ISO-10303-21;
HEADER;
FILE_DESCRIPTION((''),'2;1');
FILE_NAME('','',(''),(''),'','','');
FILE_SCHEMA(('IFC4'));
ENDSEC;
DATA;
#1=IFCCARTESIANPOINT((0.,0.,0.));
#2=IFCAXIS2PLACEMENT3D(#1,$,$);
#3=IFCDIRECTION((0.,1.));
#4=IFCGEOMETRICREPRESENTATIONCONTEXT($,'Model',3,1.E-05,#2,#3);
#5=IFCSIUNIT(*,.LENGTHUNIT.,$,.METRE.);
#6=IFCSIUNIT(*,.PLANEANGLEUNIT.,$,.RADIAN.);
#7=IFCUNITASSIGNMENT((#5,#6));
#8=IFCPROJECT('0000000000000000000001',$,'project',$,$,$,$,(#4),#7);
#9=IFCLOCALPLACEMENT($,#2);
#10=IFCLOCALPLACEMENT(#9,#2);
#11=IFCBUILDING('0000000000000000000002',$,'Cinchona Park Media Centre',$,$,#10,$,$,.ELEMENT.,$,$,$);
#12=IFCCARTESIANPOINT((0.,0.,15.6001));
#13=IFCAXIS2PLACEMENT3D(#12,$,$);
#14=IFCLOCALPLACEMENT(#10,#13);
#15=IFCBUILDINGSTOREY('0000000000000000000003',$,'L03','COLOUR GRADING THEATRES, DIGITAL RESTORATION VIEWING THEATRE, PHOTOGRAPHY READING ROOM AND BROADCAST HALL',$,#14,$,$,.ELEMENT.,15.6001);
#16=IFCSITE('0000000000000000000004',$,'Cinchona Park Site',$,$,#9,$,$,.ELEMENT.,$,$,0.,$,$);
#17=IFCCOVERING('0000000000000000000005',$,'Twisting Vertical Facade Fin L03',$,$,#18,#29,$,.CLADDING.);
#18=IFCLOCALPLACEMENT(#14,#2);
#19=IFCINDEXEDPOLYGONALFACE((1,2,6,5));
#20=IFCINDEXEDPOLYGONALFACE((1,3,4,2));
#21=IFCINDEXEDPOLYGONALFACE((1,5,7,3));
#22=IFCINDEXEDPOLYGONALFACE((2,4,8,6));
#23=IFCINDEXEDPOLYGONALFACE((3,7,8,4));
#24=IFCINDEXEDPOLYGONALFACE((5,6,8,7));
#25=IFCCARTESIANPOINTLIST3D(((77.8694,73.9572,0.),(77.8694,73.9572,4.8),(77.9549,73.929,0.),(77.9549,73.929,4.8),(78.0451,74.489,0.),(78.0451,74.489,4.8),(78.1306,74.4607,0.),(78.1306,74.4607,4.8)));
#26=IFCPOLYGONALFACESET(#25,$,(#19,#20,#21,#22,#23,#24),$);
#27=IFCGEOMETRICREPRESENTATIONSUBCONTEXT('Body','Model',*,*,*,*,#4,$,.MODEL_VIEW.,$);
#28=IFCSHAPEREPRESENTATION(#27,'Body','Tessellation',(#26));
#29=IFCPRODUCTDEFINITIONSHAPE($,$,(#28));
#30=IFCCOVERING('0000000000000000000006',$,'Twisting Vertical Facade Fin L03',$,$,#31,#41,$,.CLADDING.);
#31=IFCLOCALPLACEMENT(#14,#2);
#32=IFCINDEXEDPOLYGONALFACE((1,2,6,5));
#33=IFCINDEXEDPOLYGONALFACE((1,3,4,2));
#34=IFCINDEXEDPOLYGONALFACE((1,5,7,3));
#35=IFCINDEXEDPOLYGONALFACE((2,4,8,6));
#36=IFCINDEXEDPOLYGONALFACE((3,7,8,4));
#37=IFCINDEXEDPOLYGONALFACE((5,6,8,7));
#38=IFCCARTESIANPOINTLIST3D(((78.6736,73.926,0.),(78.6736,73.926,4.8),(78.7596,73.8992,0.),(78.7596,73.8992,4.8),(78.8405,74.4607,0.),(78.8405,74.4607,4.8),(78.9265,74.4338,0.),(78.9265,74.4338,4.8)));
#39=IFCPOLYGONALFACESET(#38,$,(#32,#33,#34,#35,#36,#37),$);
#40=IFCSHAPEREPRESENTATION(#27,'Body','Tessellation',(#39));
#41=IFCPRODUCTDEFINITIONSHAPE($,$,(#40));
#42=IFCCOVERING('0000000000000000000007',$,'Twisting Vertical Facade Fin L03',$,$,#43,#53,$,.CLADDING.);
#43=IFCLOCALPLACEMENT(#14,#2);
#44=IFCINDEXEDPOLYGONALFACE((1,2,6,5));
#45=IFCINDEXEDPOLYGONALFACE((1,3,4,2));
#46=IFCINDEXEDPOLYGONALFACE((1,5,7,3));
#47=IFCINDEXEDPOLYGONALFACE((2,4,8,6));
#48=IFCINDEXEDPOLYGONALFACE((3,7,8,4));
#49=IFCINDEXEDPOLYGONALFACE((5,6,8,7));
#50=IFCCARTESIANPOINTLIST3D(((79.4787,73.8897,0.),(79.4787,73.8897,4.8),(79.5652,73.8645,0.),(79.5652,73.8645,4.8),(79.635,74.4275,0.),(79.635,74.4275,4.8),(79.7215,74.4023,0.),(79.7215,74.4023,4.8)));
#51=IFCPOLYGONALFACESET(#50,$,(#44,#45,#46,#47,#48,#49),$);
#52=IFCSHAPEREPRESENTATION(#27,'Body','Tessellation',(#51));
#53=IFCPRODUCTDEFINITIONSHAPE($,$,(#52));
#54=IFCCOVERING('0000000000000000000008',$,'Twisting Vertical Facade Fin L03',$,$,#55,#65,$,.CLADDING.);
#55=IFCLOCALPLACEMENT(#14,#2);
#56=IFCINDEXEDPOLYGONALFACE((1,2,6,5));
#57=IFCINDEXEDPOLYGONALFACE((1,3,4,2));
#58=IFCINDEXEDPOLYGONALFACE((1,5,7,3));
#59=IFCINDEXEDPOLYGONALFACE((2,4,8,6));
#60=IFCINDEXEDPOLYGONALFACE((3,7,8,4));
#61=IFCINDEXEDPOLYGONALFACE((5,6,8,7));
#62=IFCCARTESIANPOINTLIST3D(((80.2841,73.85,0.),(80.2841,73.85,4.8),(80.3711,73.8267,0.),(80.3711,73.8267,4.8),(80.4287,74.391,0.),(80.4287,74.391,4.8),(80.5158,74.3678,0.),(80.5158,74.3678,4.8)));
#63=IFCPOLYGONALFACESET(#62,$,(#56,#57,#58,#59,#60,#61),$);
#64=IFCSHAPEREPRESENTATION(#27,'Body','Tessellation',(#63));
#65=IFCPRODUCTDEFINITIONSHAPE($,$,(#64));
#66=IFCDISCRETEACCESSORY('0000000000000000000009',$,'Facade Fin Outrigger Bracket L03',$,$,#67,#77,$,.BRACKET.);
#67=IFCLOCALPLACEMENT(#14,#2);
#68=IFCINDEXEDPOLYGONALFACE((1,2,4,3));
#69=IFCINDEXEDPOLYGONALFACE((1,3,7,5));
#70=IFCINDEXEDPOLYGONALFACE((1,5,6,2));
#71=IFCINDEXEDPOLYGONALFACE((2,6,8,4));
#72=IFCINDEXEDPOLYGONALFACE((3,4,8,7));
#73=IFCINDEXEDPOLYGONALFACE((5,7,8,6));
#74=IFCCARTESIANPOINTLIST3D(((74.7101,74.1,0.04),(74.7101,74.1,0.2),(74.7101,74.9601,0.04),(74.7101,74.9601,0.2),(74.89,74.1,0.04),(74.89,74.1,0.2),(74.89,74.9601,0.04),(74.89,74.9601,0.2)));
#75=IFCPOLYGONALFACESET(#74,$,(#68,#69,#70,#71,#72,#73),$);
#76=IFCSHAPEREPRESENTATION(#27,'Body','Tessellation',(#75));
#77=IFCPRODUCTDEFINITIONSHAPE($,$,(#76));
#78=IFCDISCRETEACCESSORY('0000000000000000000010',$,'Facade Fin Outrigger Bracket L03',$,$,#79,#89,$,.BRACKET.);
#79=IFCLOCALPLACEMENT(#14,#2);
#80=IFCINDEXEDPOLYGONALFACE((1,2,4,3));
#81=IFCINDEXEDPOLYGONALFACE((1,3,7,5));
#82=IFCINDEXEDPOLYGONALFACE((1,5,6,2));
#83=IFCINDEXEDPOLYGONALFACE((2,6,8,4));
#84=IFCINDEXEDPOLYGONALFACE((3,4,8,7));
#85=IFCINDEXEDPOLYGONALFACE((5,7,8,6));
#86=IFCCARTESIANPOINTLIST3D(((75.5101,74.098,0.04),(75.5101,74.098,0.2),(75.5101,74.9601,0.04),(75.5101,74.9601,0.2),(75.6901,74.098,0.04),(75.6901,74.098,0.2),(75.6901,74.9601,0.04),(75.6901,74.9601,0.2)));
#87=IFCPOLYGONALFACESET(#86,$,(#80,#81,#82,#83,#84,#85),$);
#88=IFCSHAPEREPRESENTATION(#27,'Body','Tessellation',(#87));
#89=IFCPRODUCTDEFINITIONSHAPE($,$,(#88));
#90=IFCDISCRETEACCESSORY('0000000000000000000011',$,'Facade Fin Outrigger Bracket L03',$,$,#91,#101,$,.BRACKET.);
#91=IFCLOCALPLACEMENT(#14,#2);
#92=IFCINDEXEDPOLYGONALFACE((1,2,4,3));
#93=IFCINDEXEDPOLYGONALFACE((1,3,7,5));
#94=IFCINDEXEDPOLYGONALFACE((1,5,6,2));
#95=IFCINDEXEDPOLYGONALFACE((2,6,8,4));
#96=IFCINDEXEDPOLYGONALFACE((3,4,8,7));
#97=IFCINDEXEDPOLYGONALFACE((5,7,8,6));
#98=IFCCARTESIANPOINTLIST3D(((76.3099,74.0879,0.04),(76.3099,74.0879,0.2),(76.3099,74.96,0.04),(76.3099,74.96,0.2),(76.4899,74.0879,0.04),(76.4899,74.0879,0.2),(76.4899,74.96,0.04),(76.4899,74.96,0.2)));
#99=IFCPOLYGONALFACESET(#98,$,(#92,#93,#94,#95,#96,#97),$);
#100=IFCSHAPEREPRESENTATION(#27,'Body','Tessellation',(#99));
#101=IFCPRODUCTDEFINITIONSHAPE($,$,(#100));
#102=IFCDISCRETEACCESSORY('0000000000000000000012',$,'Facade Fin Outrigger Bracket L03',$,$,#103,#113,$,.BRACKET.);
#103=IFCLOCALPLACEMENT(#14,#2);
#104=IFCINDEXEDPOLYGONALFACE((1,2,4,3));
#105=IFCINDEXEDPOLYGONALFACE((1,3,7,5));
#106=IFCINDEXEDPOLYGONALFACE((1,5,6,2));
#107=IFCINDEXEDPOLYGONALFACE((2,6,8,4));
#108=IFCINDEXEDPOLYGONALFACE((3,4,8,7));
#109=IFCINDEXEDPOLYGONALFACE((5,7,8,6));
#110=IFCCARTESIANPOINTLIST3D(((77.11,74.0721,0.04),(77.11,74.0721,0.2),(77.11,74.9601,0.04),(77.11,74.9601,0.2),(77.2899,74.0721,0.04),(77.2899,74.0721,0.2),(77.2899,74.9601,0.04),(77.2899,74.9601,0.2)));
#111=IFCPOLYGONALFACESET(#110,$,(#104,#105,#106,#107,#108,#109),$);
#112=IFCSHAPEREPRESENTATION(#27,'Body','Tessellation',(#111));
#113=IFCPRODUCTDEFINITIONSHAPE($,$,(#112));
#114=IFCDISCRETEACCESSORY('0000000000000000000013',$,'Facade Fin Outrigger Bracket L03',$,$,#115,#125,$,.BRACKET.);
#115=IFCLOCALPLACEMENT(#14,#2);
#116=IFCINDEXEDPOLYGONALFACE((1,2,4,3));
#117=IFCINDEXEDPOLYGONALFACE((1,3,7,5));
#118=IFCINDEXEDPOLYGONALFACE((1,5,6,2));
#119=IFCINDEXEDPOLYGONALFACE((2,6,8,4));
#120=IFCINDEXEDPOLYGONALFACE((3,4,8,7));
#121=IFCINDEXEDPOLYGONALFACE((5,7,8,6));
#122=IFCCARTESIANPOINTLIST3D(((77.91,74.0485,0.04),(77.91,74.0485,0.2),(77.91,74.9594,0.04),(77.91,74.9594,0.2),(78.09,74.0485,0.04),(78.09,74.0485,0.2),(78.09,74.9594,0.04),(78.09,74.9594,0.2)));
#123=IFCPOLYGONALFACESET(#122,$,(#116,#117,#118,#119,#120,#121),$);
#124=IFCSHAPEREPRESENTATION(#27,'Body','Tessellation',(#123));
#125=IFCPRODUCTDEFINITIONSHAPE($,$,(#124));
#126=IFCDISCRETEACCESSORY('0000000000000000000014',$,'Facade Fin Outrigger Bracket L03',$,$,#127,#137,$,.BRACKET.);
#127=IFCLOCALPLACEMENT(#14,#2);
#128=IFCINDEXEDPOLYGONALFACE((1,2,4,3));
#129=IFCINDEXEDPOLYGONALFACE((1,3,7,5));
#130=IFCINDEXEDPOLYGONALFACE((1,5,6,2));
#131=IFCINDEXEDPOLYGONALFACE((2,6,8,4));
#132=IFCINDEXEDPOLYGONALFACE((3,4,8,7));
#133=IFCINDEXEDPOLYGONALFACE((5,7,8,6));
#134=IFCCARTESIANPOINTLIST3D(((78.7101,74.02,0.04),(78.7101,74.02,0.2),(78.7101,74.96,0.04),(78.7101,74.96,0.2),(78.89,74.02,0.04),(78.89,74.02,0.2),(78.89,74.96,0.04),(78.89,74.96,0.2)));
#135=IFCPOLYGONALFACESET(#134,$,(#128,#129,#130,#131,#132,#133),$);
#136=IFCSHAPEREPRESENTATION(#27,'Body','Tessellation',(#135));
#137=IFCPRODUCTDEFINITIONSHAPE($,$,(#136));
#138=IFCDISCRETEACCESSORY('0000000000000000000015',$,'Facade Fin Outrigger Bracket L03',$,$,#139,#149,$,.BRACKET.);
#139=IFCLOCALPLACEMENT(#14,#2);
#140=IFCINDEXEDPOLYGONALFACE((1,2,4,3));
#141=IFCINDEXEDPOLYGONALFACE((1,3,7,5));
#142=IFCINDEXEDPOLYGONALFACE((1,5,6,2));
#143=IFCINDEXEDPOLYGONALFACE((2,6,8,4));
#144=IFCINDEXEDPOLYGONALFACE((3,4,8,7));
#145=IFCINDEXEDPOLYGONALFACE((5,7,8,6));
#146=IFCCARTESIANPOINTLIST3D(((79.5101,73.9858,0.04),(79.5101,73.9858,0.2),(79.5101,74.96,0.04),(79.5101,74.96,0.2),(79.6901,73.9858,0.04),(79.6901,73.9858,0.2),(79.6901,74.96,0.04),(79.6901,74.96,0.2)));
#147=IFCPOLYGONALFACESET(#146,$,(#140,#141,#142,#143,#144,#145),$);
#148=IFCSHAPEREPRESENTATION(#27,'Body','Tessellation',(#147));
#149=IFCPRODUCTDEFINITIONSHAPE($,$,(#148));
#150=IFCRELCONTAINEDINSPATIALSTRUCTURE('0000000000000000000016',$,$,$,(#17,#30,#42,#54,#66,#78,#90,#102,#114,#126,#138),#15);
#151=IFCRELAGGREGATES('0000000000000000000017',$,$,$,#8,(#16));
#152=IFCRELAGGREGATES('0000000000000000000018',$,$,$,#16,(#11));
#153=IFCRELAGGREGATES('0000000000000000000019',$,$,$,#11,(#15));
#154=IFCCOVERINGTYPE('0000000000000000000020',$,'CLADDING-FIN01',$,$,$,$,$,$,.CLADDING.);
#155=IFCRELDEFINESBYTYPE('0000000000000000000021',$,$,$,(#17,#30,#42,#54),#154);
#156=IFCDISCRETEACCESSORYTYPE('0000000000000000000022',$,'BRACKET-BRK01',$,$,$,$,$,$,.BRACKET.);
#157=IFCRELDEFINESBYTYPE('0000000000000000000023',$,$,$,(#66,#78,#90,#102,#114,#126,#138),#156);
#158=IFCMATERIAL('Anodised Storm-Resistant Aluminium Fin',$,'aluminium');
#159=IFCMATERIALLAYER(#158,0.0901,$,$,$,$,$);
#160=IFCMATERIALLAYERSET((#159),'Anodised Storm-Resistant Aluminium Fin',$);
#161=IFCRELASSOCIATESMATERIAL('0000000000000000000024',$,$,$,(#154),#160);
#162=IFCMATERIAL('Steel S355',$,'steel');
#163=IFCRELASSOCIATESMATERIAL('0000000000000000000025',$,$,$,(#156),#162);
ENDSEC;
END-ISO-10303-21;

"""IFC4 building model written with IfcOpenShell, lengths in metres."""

from ifc_helpers import new_model, si_unit, direction, frame, origin, origin_2d, place, context, subcontext, project, spatial, rectangle, extrude, material, layer, layer_set, type_object, element, save


model = new_model("IFC4")

# Units and contexts
model_context = context("Model", 3, precision=1e-05, world=origin(), true_north=direction((0.0, 1.0)))
body_context = subcontext(model_context, "Body", "Model", "MODEL_VIEW")
ifc_project = project(units=[si_unit("LENGTHUNIT", "METRE"), si_unit("PLANEANGLEUNIT", "RADIAN")], contexts=[model_context])

# Site, building, storey
site_placement = place(None, origin())
site = spatial("IfcSite", under=ifc_project, at=site_placement, Name="Cinchona Park Site", CompositionType="ELEMENT", RefElevation=0.0)
building_placement = place(site_placement, origin())
building = spatial("IfcBuilding", under=site, at=building_placement, Name="Cinchona Park Media Centre", CompositionType="ELEMENT")
storey_placement = place(building_placement, frame((0.0, 0.0, 15.6001)))
storey = spatial("IfcBuildingStorey", under=building, at=storey_placement, Name="L03", Description="COLOUR GRADING THEATRES, DIGITAL RESTORATION VIEWING THEATRE, PHOTOGRAPHY READING ROOM AND BROADCAST HALL", CompositionType="ELEMENT", Elevation=15.6001)

# Coverings
ifc_material_1 = material(Name="Anodised Storm-Resistant Aluminium Fin", Category="aluminium")
ifc_layer_1 = layer(ifc_material_1, 0.0901)
ifc_layer_set_1 = layer_set([ifc_layer_1], Name="Anodised Storm-Resistant Aluminium Fin")
covering_type = type_object("IfcCoveringType", Name="CLADDING-FIN01", PredefinedType="CLADDING", material=ifc_layer_set_1)
for number, where, z_axis, x_axis, name in (
    (1, (78.0, 74.209, 0.0), (0.0, 0.0, 1.0), (0.313827, 0.94948, 0.0), "Twisting Vertical Facade Fin L03"),
    (2, (78.8, 74.1799, 0.0), (0.0, 0.0, 1.0), (0.297875, 0.954605, 0.0), "Twisting Vertical Facade Fin L03"),
    (3, (79.6001, 74.146, 0.0), (0.0, 0.0, 1.0), (0.279159, 0.960245, 0.0), "Twisting Vertical Facade Fin L03"),
    (4, (80.3999, 74.1089, 0.0), (0.0, 0.0, 1.0), (0.258313, 0.966061, 0.0), "Twisting Vertical Facade Fin L03"),
):
    element("IfcCovering", number, at=place(storey_placement, frame(where, z_axis=z_axis, x_axis=x_axis)), inside=storey, type_object=covering_type, Name=name, PredefinedType="CLADDING", context=body_context, shape_type="SweptSolid", body=[
        extrude(rectangle(XDim=0.5601, YDim=0.0901, at=origin_2d()), origin(), (0.0, 0.0, 1.0), 4.8),
    ])

# Discrete accessories
ifc_material_2 = material(Name="Steel S355", Category="steel")
discrete_accessory_type = type_object("IfcDiscreteAccessoryType", Name="BRACKET-BRK01", PredefinedType="BRACKET", material=ifc_material_2)
discrete_accessory_1_placement = place(storey_placement, frame((74.8, 74.53, 0.04), z_axis=(0.0, 0.0, 1.0), x_axis=(1.0, 0.0, 0.0)))
element("IfcDiscreteAccessory", 5, at=discrete_accessory_1_placement, inside=storey, type_object=discrete_accessory_type, Name="Facade Fin Outrigger Bracket L03", PredefinedType="BRACKET", context=body_context, shape_type="SweptSolid", body=[
    extrude(rectangle(XDim=0.1799, YDim=0.8601, at=origin_2d()), origin(), (0.0, 0.0, 1.0), 0.1599),
])
discrete_accessory_2_placement = place(storey_placement, frame((75.6001, 74.5291, 0.04), z_axis=(0.0, 0.0, 1.0), x_axis=(1.0, 0.0, 0.0)))
element("IfcDiscreteAccessory", 6, at=discrete_accessory_2_placement, inside=storey, type_object=discrete_accessory_type, Name="Facade Fin Outrigger Bracket L03", PredefinedType="BRACKET", context=body_context, shape_type="SweptSolid", body=[
    extrude(rectangle(XDim=0.1799, YDim=0.8621, at=origin_2d()), origin(), (0.0, 0.0, 1.0), 0.1599),
])
discrete_accessory_3_placement = place(storey_placement, frame((76.3999, 74.5239, 0.04), z_axis=(0.0, 0.0, 1.0), x_axis=(1.0, 0.0, 0.0)))
element("IfcDiscreteAccessory", 7, at=discrete_accessory_3_placement, inside=storey, type_object=discrete_accessory_type, Name="Facade Fin Outrigger Bracket L03", PredefinedType="BRACKET", context=body_context, shape_type="SweptSolid", body=[
    extrude(rectangle(XDim=0.1799, YDim=0.8721, at=origin_2d()), origin(), (0.0, 0.0, 1.0), 0.1599),
])
discrete_accessory_4_placement = place(storey_placement, frame((77.2, 74.5161, 0.04), z_axis=(0.0, 0.0, 1.0), x_axis=(1.0, 0.0, 0.0)))
element("IfcDiscreteAccessory", 8, at=discrete_accessory_4_placement, inside=storey, type_object=discrete_accessory_type, Name="Facade Fin Outrigger Bracket L03", PredefinedType="BRACKET", context=body_context, shape_type="SweptSolid", body=[
    extrude(rectangle(XDim=0.1799, YDim=0.8879, at=origin_2d()), origin(), (0.0, 0.0, 1.0), 0.1599),
])
discrete_accessory_5_placement = place(storey_placement, frame((78.0, 74.5039, 0.04), z_axis=(0.0, 0.0, 1.0), x_axis=(1.0, 0.0, 0.0)))
element("IfcDiscreteAccessory", 9, at=discrete_accessory_5_placement, inside=storey, type_object=discrete_accessory_type, Name="Facade Fin Outrigger Bracket L03", PredefinedType="BRACKET", context=body_context, shape_type="SweptSolid", body=[
    extrude(rectangle(XDim=0.1799, YDim=0.9109, at=origin_2d()), origin(), (0.0, 0.0, 1.0), 0.1599),
])
discrete_accessory_6_placement = place(storey_placement, frame((78.8, 74.49, 0.04), z_axis=(0.0, 0.0, 1.0), x_axis=(1.0, 0.0, 0.0)))
element("IfcDiscreteAccessory", 10, at=discrete_accessory_6_placement, inside=storey, type_object=discrete_accessory_type, Name="Facade Fin Outrigger Bracket L03", PredefinedType="BRACKET", context=body_context, shape_type="SweptSolid", body=[
    extrude(rectangle(XDim=0.1799, YDim=0.9399, at=origin_2d()), origin(), (0.0, 0.0, 1.0), 0.1599),
])
discrete_accessory_7_placement = place(storey_placement, frame((79.6001, 74.4729, 0.04), z_axis=(0.0, 0.0, 1.0), x_axis=(1.0, 0.0, 0.0)))
element("IfcDiscreteAccessory", 11, at=discrete_accessory_7_placement, inside=storey, type_object=discrete_accessory_type, Name="Facade Fin Outrigger Bracket L03", PredefinedType="BRACKET", context=body_context, shape_type="SweptSolid", body=[
    extrude(rectangle(XDim=0.1799, YDim=0.9741, at=origin_2d()), origin(), (0.0, 0.0, 1.0), 0.1599),
])

save(model, "model.ifc")
